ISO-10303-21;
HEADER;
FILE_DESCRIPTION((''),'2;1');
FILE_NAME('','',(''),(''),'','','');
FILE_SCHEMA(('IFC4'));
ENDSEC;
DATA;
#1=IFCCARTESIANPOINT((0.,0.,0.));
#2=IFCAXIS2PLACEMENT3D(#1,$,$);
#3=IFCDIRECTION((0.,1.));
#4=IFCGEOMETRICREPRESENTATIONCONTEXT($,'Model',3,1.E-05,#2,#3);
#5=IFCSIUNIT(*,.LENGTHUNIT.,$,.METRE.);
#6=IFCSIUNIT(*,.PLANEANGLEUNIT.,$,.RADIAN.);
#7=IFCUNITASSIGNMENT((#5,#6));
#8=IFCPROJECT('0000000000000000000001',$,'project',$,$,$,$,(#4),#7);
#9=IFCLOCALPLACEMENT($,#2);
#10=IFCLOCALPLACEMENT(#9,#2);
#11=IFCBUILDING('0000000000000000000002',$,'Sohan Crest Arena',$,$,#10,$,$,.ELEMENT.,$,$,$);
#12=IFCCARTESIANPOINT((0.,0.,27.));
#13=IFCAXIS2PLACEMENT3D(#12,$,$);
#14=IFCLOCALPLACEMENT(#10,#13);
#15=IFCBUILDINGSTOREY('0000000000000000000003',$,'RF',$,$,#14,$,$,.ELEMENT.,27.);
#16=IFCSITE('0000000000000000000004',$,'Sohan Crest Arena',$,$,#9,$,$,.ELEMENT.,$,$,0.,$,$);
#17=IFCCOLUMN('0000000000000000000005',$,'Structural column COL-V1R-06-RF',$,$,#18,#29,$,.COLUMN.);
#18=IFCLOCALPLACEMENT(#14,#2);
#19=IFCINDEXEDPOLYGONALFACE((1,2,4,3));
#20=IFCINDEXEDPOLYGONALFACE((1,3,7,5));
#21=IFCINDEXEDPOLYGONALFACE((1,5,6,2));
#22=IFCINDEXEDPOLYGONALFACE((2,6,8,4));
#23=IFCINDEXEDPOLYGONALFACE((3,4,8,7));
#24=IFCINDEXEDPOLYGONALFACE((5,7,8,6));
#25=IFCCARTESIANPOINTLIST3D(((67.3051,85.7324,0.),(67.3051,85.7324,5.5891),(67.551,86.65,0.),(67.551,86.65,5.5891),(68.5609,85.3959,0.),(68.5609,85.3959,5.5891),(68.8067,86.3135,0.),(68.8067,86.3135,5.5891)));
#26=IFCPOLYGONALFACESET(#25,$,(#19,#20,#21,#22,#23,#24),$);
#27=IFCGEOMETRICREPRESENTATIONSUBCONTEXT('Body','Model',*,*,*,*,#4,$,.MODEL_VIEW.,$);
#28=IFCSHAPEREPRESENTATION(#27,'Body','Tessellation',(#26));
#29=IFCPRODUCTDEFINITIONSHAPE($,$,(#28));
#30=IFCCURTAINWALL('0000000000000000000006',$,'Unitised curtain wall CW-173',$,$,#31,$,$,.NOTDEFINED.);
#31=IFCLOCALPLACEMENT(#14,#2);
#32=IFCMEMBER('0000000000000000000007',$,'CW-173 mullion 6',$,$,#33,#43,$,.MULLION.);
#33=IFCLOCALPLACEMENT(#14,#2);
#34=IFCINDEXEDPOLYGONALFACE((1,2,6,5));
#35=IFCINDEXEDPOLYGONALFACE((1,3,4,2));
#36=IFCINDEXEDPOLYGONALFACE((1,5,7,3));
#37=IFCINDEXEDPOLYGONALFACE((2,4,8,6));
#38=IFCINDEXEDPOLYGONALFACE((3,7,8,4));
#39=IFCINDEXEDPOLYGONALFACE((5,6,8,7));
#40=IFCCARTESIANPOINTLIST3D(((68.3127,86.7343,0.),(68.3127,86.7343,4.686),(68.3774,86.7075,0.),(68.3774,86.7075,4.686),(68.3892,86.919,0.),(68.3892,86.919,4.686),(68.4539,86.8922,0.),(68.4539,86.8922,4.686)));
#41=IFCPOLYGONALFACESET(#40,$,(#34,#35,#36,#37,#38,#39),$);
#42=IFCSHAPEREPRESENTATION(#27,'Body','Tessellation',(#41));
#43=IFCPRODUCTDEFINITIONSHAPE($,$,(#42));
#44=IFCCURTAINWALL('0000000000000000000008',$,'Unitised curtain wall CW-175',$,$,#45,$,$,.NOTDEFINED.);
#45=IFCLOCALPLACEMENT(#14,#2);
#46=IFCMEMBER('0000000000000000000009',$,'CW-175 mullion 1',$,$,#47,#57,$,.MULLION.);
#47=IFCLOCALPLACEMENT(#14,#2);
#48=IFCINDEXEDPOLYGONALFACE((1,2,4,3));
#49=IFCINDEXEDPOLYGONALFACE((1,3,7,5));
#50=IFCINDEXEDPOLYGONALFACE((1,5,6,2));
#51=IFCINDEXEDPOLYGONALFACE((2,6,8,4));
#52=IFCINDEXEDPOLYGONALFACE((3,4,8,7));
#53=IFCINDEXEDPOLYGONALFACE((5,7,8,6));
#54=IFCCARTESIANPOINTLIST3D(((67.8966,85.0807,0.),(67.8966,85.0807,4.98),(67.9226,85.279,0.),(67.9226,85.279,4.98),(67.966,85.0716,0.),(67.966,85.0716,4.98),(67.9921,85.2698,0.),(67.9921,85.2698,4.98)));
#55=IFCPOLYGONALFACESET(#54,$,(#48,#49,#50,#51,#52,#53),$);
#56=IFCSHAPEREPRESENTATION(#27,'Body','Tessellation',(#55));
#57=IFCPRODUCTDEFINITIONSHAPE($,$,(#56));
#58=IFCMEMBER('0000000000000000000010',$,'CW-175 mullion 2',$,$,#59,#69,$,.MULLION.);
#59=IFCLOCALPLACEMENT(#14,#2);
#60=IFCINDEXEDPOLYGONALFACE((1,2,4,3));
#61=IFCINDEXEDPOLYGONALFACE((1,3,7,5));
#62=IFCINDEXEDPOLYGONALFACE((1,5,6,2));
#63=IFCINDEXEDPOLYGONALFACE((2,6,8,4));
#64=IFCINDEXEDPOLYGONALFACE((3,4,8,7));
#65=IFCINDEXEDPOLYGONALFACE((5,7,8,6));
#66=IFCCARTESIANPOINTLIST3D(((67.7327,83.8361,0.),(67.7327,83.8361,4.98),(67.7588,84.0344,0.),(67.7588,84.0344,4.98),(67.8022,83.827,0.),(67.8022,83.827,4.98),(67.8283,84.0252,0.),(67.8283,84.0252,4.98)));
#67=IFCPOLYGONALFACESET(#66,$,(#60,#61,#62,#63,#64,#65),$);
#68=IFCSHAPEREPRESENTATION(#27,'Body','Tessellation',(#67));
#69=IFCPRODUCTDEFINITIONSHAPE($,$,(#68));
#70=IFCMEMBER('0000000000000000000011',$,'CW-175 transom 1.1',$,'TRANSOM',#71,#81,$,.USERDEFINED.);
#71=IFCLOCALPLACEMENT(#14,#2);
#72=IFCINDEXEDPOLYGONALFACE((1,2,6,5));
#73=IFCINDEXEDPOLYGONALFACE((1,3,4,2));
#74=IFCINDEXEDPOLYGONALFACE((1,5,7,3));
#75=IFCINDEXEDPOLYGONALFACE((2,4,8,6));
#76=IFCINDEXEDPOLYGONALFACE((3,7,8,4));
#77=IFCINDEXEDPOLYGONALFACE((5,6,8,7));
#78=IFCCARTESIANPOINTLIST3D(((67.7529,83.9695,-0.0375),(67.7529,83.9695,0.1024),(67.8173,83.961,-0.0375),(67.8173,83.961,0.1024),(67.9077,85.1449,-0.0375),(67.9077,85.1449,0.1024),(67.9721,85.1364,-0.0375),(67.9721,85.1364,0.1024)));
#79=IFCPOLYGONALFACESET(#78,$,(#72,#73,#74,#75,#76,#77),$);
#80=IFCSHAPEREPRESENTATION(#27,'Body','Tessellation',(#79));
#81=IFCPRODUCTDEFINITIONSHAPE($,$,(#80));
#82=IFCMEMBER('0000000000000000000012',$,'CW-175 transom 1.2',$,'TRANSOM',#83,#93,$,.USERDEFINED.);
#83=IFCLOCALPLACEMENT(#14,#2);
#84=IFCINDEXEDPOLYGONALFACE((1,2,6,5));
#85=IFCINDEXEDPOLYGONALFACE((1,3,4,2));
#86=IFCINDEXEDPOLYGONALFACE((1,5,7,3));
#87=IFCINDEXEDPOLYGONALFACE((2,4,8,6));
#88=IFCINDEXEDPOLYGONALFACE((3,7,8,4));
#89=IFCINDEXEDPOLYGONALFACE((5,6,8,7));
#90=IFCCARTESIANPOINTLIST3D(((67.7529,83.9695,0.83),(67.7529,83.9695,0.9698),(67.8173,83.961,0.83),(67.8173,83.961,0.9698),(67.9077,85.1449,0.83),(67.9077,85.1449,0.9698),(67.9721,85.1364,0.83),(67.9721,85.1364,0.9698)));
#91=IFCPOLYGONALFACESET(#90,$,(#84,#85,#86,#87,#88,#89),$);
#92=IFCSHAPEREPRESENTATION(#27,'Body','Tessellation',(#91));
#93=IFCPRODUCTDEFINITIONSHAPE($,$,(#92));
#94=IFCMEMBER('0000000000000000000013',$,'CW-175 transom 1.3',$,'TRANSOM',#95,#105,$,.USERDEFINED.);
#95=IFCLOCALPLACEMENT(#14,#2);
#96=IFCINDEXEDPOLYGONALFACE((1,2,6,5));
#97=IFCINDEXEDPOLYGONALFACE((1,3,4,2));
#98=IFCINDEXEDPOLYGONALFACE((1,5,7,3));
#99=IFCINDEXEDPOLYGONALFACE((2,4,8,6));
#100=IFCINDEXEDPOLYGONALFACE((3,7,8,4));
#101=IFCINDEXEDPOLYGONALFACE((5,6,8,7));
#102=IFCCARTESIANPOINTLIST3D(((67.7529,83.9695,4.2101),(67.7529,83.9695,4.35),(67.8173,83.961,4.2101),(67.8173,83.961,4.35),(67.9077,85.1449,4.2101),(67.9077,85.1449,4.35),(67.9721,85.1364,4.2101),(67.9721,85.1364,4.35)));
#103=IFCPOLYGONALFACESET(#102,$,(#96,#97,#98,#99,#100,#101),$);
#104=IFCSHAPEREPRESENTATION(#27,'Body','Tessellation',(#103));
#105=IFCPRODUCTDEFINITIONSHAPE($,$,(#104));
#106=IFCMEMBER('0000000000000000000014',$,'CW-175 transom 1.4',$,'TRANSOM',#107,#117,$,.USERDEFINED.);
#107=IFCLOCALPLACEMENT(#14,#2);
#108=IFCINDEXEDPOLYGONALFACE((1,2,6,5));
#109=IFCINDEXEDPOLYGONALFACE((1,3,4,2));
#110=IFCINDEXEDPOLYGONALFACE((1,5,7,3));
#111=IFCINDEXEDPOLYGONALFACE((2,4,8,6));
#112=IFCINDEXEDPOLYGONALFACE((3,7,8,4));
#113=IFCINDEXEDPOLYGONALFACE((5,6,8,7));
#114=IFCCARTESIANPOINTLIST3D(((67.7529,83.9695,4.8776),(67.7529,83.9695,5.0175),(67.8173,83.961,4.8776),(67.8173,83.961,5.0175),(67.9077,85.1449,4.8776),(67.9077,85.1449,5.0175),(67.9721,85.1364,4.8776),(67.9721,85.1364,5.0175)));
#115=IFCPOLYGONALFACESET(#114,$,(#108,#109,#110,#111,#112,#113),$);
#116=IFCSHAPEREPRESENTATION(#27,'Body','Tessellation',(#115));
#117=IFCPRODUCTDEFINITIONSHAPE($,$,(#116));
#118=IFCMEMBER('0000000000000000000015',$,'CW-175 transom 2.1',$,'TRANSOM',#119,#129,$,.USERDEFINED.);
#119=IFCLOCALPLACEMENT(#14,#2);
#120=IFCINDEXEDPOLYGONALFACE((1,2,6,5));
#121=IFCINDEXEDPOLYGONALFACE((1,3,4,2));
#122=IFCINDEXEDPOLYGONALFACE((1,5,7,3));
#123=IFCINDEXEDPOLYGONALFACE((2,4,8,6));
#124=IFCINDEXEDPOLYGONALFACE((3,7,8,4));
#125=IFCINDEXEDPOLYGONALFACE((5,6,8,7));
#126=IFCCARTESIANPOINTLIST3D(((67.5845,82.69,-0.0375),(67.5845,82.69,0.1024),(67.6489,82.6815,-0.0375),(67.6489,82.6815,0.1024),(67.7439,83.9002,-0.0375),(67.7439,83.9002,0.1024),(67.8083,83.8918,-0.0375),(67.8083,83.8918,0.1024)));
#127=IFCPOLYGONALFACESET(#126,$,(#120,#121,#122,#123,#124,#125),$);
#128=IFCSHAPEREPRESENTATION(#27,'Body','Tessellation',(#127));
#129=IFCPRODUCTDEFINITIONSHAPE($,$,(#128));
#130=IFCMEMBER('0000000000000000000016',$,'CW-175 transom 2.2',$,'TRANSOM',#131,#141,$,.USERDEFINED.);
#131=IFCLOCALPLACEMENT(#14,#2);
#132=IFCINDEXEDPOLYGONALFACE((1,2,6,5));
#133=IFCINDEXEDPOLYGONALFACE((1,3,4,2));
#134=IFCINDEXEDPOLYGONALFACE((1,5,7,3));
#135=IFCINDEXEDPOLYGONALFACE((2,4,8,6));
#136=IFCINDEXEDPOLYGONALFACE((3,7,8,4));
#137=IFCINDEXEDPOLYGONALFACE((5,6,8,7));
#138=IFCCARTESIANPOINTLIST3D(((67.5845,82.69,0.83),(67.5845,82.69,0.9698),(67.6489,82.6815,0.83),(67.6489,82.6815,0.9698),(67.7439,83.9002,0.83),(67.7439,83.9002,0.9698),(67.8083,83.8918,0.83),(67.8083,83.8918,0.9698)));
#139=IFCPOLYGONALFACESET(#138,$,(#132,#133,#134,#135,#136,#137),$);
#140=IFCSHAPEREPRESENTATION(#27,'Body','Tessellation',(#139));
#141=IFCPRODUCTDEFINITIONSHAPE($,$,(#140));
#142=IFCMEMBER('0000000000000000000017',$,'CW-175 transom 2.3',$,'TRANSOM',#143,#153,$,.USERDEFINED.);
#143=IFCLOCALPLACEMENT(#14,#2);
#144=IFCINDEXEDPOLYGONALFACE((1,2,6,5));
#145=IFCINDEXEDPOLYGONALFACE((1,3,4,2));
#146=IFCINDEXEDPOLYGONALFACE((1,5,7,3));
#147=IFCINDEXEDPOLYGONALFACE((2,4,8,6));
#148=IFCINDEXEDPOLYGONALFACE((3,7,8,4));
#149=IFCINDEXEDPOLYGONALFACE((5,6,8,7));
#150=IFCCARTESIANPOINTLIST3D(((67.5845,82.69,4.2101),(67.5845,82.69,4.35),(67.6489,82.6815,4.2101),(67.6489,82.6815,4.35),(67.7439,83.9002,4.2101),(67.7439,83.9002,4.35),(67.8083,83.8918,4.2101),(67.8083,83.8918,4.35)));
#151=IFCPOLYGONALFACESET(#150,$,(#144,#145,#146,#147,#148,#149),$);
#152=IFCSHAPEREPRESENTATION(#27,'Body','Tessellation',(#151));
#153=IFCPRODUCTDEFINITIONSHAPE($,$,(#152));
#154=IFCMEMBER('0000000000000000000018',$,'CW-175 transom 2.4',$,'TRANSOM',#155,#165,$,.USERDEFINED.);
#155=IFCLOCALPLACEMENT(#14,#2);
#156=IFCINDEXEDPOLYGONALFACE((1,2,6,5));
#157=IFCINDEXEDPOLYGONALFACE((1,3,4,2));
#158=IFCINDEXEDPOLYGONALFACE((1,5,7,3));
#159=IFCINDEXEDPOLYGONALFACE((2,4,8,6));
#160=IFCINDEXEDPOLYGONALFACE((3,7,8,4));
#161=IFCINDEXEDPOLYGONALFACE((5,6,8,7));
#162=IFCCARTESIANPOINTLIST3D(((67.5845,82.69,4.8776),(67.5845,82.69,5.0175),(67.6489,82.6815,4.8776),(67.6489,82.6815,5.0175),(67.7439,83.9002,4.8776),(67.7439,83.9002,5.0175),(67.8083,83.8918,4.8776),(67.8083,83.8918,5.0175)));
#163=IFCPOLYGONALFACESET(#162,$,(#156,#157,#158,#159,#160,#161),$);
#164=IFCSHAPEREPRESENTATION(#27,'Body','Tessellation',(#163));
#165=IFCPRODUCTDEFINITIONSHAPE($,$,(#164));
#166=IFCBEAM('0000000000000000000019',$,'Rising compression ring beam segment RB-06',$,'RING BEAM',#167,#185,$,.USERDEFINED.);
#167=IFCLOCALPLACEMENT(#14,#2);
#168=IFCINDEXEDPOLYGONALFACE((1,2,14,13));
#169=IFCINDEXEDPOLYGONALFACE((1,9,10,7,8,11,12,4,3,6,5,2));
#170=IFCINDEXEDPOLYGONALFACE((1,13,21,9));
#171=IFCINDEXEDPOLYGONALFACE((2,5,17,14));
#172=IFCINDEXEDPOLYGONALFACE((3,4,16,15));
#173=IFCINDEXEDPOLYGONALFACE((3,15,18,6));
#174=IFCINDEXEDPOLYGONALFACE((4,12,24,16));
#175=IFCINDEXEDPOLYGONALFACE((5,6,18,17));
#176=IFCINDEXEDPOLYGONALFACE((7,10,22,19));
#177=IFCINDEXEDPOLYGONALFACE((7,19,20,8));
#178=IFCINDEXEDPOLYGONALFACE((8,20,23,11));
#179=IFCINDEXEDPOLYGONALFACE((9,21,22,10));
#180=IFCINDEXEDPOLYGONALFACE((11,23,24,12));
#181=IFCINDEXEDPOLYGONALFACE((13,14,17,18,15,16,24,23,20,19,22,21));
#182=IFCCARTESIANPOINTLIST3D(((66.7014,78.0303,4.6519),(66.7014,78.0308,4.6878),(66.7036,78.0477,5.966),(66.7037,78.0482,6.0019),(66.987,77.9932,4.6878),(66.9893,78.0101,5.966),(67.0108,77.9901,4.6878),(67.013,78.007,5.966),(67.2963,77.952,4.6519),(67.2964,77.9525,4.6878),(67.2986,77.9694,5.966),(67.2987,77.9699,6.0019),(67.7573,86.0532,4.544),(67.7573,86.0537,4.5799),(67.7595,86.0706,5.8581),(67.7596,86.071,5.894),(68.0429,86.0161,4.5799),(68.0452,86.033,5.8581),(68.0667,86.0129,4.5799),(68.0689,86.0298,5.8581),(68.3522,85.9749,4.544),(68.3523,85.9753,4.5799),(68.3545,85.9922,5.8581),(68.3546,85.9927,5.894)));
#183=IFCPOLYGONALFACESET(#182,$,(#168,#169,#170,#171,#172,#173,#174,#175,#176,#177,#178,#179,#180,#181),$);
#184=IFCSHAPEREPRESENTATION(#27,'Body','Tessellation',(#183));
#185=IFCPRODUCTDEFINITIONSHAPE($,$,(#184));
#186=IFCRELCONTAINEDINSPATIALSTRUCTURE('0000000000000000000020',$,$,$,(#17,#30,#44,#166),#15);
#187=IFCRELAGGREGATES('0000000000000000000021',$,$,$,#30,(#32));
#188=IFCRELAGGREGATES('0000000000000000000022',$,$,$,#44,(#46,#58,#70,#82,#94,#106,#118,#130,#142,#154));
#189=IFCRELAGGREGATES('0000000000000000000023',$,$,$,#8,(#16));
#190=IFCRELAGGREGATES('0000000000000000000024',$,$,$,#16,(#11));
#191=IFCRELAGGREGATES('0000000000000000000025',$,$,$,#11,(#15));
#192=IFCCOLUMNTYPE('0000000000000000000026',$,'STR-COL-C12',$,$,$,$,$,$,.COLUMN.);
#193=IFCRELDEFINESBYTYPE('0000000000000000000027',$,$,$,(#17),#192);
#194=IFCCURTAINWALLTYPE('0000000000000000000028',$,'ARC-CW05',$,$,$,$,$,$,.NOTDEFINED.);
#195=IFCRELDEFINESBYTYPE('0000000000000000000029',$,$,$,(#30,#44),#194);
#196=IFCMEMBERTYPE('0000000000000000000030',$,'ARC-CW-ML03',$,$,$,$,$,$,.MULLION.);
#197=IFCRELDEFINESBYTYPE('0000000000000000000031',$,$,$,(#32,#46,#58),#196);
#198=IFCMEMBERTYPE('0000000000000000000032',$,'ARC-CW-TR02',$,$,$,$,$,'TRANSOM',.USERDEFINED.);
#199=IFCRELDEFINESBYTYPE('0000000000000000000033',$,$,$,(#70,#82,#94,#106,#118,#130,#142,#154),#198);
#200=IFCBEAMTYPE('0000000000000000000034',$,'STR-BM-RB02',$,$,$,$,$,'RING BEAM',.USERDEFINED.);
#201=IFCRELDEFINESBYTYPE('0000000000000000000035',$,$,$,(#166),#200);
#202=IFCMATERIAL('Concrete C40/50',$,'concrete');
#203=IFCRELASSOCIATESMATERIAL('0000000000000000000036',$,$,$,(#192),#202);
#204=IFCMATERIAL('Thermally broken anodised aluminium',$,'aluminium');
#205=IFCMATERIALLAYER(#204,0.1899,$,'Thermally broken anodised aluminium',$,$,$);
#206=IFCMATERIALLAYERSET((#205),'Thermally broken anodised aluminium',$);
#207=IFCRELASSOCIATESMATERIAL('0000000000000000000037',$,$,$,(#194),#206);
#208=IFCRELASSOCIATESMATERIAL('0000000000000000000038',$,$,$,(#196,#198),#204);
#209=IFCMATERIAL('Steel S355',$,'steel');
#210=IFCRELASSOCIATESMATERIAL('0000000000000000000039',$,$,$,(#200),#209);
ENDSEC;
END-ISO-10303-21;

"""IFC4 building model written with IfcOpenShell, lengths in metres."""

from ifc_helpers import new_model, si_unit, direction, frame, origin, origin_2d, place, context, subcontext, project, spatial, rectangle, i_section, extrude, material, layer, layer_set, material_profile, profile_set, type_object, element, aggregate, save


model = new_model("IFC4")

# Units and contexts
model_context = context("Model", 3, precision=1e-05, world=origin(), true_north=direction((0.0, 1.0)))
body_context = subcontext(model_context, "Body", "Model", "MODEL_VIEW")
ifc_project = project(units=[si_unit("LENGTHUNIT", "METRE"), si_unit("PLANEANGLEUNIT", "RADIAN")], contexts=[model_context])

# Site, building, storey
site_placement = place(None, origin())
site = spatial("IfcSite", under=ifc_project, at=site_placement, Name="Sohan Crest Arena", CompositionType="ELEMENT", RefElevation=0.0)
building_placement = place(site_placement, origin())
building = spatial("IfcBuilding", under=site, at=building_placement, Name="Sohan Crest Arena", CompositionType="ELEMENT")
storey_placement = place(building_placement, frame((0.0, 0.0, 27.0)))
storey = spatial("IfcBuildingStorey", under=building, at=storey_placement, Name="RF", CompositionType="ELEMENT", Elevation=27.0)

# Column
ifc_material_1 = material(Name="Concrete C40/50", Category="concrete")
ifc_material_profile_1 = material_profile(ifc_material_1, rectangle(XDim=1.3, YDim=0.95, at=origin_2d()), Name="RC 1300x950")
ifc_profile_set_1 = profile_set([ifc_material_profile_1], Name="Concrete C40/50")
column_type = type_object("IfcColumnType", Name="STR-COL-C12", PredefinedType="COLUMN", material=ifc_profile_set_1)
column_placement = place(storey_placement, frame((68.0559, 86.0229, 0.0), z_axis=(0.0, 0.0, 1.0), x_axis=(-0.965926, 0.258819, 0.0)))
element("IfcColumn", 1, at=column_placement, inside=storey, type_object=column_type, Name="Structural column COL-V1R-06-RF", PredefinedType="COLUMN", context=body_context, shape_type="SweptSolid", body=[
    extrude(rectangle(XDim=1.3, YDim=0.95, at=origin_2d()), origin(), (0.0, 0.0, 1.0), 5.5891),
])

# Curtain wall, member
ifc_material_2 = material(Name="Thermally broken anodised aluminium", Category="aluminium")
ifc_layer_1 = layer(ifc_material_2, 0.1899, Name="Thermally broken anodised aluminium")
ifc_layer_set_1 = layer_set([ifc_layer_1], Name="Thermally broken anodised aluminium")
curtain_wall_type = type_object("IfcCurtainWallType", Name="ARC-CW05", PredefinedType="NOTDEFINED", material=ifc_layer_set_1)
curtain_wall_1_placement = place(storey_placement, origin())
curtain_wall_1 = element("IfcCurtainWall", 2, at=curtain_wall_1_placement, inside=storey, type_object=curtain_wall_type, Name="Unitised curtain wall CW-173", PredefinedType="NOTDEFINED")
ifc_material_profile_2 = material_profile(ifc_material_2, rectangle(XDim=0.0701, YDim=0.2, at=origin_2d()), Name="ALU-MULL 70x200")
ifc_profile_set_2 = profile_set([ifc_material_profile_2], Name="Thermally broken anodised aluminium")
member_type_1 = type_object("IfcMemberType", Name="ARC-CW-ML03", PredefinedType="MULLION", material=ifc_profile_set_2)
member_1_placement = place(storey_placement, frame((68.3833, 86.8132, 0.0), z_axis=(0.0, 0.0, 1.0), x_axis=(0.923886, -0.382667, 0.0)))
member_1 = element("IfcMember", 3, at=member_1_placement, type_object=member_type_1, Name="CW-173 mullion 6", PredefinedType="MULLION", context=body_context, shape_type="SweptSolid", body=[
    extrude(rectangle(XDim=0.0701, YDim=0.2, at=origin_2d()), origin(), (0.0, 0.0, 1.0), 4.686),
])
aggregate(curtain_wall_1, [member_1])

# Curtain wall, members
curtain_wall_2_placement = place(storey_placement, origin())
curtain_wall_2 = element("IfcCurtainWall", 4, at=curtain_wall_2_placement, inside=storey, type_object=curtain_wall_type, Name="Unitised curtain wall CW-175", PredefinedType="NOTDEFINED")
member_2_placement = place(storey_placement, frame((67.9443, 85.1753, 0.0), z_axis=(0.0, 0.0, 1.0), x_axis=(0.991448, -0.130499, 0.0)))
member_2 = element("IfcMember", 5, at=member_2_placement, type_object=member_type_1, Name="CW-175 mullion 1", PredefinedType="MULLION", context=body_context, shape_type="SweptSolid", body=[
    extrude(rectangle(XDim=0.0701, YDim=0.2, at=origin_2d()), origin(), (0.0, 0.0, 1.0), 4.98),
])
member_3_placement = place(storey_placement, frame((67.7805, 83.9307, 0.0), z_axis=(0.0, 0.0, 1.0), x_axis=(0.991448, -0.130499, 0.0)))
member_3 = element("IfcMember", 6, at=member_3_placement, type_object=member_type_1, Name="CW-175 mullion 2", PredefinedType="MULLION", context=body_context, shape_type="SweptSolid", body=[
    extrude(rectangle(XDim=0.0701, YDim=0.2, at=origin_2d()), origin(), (0.0, 0.0, 1.0), 4.98),
])
ifc_material_profile_3 = material_profile(ifc_material_2, rectangle(XDim=0.0649, YDim=0.1399, at=origin_2d()), Name="ALU-TRAN 65x140")
ifc_profile_set_3 = profile_set([ifc_material_profile_3], Name="Thermally broken anodised aluminium")
member_type_2 = type_object("IfcMemberType", Name="ARC-CW-TR02", ElementType="TRANSOM", PredefinedType="USERDEFINED", material=ifc_profile_set_3)
member_4_placement = place(storey_placement, frame((67.9399, 85.1406, 0.0325), z_axis=(-0.130572, -0.991439, 0.0), x_axis=(0.991439, -0.130572, 0.0)))
member_4 = element("IfcMember", 7, at=member_4_placement, type_object=member_type_2, Name="CW-175 transom 1.1", ObjectType="TRANSOM", PredefinedType="USERDEFINED", context=body_context, shape_type="SweptSolid", body=[
    extrude(rectangle(XDim=0.0649, YDim=0.1399, at=origin_2d()), origin(), (0.0, 0.0, 1.0), 1.1855),
])
member_5_placement = place(storey_placement, frame((67.9399, 85.1406, 0.8999), z_axis=(-0.130572, -0.991439, 0.0), x_axis=(0.991439, -0.130572, 0.0)))
member_5 = element("IfcMember", 8, at=member_5_placement, type_object=member_type_2, Name="CW-175 transom 1.2", ObjectType="TRANSOM", PredefinedType="USERDEFINED", context=body_context, shape_type="SweptSolid", body=[
    extrude(rectangle(XDim=0.0649, YDim=0.1399, at=origin_2d()), origin(), (0.0, 0.0, 1.0), 1.1855),
])
member_6_placement = place(storey_placement, frame((67.9399, 85.1406, 4.28), z_axis=(-0.130572, -0.991439, 0.0), x_axis=(0.991439, -0.130572, 0.0)))
member_6 = element("IfcMember", 9, at=member_6_placement, type_object=member_type_2, Name="CW-175 transom 1.3", ObjectType="TRANSOM", PredefinedType="USERDEFINED", context=body_context, shape_type="SweptSolid", body=[
    extrude(rectangle(XDim=0.0649, YDim=0.1399, at=origin_2d()), origin(), (0.0, 0.0, 1.0), 1.1855),
])
member_7_placement = place(storey_placement, frame((67.9399, 85.1406, 4.9475), z_axis=(-0.130572, -0.991439, 0.0), x_axis=(0.991439, -0.130572, 0.0)))
member_7 = element("IfcMember", 10, at=member_7_placement, type_object=member_type_2, Name="CW-175 transom 1.4", ObjectType="TRANSOM", PredefinedType="USERDEFINED", context=body_context, shape_type="SweptSolid", body=[
    extrude(rectangle(XDim=0.0649, YDim=0.1399, at=origin_2d()), origin(), (0.0, 0.0, 1.0), 1.1855),
])
member_8_placement = place(storey_placement, frame((67.7761, 83.896, 0.0325), z_axis=(-0.130605, -0.991435, 0.0), x_axis=(0.991435, -0.130605, 0.0)))
member_8 = element("IfcMember", 11, at=member_8_placement, type_object=member_type_2, Name="CW-175 transom 2.1", ObjectType="TRANSOM", PredefinedType="USERDEFINED", context=body_context, shape_type="SweptSolid", body=[
    extrude(rectangle(XDim=0.0649, YDim=0.1399, at=origin_2d()), origin(), (0.0, 0.0, 1.0), 1.2207),
])
member_9_placement = place(storey_placement, frame((67.7761, 83.896, 0.8999), z_axis=(-0.130605, -0.991435, 0.0), x_axis=(0.991435, -0.130605, 0.0)))
member_9 = element("IfcMember", 12, at=member_9_placement, type_object=member_type_2, Name="CW-175 transom 2.2", ObjectType="TRANSOM", PredefinedType="USERDEFINED", context=body_context, shape_type="SweptSolid", body=[
    extrude(rectangle(XDim=0.0649, YDim=0.1399, at=origin_2d()), origin(), (0.0, 0.0, 1.0), 1.2207),
])
member_10_placement = place(storey_placement, frame((67.7761, 83.896, 4.28), z_axis=(-0.130605, -0.991435, 0.0), x_axis=(0.991435, -0.130605, 0.0)))
member_10 = element("IfcMember", 13, at=member_10_placement, type_object=member_type_2, Name="CW-175 transom 2.3", ObjectType="TRANSOM", PredefinedType="USERDEFINED", context=body_context, shape_type="SweptSolid", body=[
    extrude(rectangle(XDim=0.0649, YDim=0.1399, at=origin_2d()), origin(), (0.0, 0.0, 1.0), 1.2207),
])
member_11_placement = place(storey_placement, frame((67.7761, 83.896, 4.9475), z_axis=(-0.130605, -0.991435, 0.0), x_axis=(0.991435, -0.130605, 0.0)))
member_11 = element("IfcMember", 14, at=member_11_placement, type_object=member_type_2, Name="CW-175 transom 2.4", ObjectType="TRANSOM", PredefinedType="USERDEFINED", context=body_context, shape_type="SweptSolid", body=[
    extrude(rectangle(XDim=0.0649, YDim=0.1399, at=origin_2d()), origin(), (0.0, 0.0, 1.0), 1.2207),
])

# Beam
ifc_material_3 = material(Name="Steel S355", Category="steel")
ifc_material_profile_4 = material_profile(ifc_material_3, i_section(OverallWidth=0.6001, OverallDepth=1.3501, WebThickness=0.0239, FlangeThickness=0.0359, at=origin_2d()), Name="PG 1350x600x24x36")
ifc_profile_set_4 = profile_set([ifc_material_profile_4], Name="Steel S355")
beam_type_1 = type_object("IfcBeamType", Name="STR-BM-RB02", ElementType="RING BEAM", PredefinedType="USERDEFINED", material=ifc_profile_set_4)
beam_1_placement = place(storey_placement, frame((68.0559, 86.0229, 5.219), z_axis=(-0.130474, -0.991362, 0.013334), x_axis=(0.99145, -0.130486, 0.0)))
element("IfcBeam", 15, at=beam_1_placement, inside=storey, type_object=beam_type_1, Name="Rising compression ring beam segment RB-06", ObjectType="RING BEAM", PredefinedType="USERDEFINED", context=body_context, shape_type="SweptSolid", body=[
    extrude(i_section(OverallWidth=0.6001, OverallDepth=1.3501, WebThickness=0.0239, FlangeThickness=0.0359, at=origin_2d()), origin(), (0.0, 0.0, 1.0), 8.0928),
])

aggregate(curtain_wall_2, [member_2, member_3, member_4, member_5, member_6, member_7, member_8, member_9, member_10, member_11])

save(model, "model.ifc")
